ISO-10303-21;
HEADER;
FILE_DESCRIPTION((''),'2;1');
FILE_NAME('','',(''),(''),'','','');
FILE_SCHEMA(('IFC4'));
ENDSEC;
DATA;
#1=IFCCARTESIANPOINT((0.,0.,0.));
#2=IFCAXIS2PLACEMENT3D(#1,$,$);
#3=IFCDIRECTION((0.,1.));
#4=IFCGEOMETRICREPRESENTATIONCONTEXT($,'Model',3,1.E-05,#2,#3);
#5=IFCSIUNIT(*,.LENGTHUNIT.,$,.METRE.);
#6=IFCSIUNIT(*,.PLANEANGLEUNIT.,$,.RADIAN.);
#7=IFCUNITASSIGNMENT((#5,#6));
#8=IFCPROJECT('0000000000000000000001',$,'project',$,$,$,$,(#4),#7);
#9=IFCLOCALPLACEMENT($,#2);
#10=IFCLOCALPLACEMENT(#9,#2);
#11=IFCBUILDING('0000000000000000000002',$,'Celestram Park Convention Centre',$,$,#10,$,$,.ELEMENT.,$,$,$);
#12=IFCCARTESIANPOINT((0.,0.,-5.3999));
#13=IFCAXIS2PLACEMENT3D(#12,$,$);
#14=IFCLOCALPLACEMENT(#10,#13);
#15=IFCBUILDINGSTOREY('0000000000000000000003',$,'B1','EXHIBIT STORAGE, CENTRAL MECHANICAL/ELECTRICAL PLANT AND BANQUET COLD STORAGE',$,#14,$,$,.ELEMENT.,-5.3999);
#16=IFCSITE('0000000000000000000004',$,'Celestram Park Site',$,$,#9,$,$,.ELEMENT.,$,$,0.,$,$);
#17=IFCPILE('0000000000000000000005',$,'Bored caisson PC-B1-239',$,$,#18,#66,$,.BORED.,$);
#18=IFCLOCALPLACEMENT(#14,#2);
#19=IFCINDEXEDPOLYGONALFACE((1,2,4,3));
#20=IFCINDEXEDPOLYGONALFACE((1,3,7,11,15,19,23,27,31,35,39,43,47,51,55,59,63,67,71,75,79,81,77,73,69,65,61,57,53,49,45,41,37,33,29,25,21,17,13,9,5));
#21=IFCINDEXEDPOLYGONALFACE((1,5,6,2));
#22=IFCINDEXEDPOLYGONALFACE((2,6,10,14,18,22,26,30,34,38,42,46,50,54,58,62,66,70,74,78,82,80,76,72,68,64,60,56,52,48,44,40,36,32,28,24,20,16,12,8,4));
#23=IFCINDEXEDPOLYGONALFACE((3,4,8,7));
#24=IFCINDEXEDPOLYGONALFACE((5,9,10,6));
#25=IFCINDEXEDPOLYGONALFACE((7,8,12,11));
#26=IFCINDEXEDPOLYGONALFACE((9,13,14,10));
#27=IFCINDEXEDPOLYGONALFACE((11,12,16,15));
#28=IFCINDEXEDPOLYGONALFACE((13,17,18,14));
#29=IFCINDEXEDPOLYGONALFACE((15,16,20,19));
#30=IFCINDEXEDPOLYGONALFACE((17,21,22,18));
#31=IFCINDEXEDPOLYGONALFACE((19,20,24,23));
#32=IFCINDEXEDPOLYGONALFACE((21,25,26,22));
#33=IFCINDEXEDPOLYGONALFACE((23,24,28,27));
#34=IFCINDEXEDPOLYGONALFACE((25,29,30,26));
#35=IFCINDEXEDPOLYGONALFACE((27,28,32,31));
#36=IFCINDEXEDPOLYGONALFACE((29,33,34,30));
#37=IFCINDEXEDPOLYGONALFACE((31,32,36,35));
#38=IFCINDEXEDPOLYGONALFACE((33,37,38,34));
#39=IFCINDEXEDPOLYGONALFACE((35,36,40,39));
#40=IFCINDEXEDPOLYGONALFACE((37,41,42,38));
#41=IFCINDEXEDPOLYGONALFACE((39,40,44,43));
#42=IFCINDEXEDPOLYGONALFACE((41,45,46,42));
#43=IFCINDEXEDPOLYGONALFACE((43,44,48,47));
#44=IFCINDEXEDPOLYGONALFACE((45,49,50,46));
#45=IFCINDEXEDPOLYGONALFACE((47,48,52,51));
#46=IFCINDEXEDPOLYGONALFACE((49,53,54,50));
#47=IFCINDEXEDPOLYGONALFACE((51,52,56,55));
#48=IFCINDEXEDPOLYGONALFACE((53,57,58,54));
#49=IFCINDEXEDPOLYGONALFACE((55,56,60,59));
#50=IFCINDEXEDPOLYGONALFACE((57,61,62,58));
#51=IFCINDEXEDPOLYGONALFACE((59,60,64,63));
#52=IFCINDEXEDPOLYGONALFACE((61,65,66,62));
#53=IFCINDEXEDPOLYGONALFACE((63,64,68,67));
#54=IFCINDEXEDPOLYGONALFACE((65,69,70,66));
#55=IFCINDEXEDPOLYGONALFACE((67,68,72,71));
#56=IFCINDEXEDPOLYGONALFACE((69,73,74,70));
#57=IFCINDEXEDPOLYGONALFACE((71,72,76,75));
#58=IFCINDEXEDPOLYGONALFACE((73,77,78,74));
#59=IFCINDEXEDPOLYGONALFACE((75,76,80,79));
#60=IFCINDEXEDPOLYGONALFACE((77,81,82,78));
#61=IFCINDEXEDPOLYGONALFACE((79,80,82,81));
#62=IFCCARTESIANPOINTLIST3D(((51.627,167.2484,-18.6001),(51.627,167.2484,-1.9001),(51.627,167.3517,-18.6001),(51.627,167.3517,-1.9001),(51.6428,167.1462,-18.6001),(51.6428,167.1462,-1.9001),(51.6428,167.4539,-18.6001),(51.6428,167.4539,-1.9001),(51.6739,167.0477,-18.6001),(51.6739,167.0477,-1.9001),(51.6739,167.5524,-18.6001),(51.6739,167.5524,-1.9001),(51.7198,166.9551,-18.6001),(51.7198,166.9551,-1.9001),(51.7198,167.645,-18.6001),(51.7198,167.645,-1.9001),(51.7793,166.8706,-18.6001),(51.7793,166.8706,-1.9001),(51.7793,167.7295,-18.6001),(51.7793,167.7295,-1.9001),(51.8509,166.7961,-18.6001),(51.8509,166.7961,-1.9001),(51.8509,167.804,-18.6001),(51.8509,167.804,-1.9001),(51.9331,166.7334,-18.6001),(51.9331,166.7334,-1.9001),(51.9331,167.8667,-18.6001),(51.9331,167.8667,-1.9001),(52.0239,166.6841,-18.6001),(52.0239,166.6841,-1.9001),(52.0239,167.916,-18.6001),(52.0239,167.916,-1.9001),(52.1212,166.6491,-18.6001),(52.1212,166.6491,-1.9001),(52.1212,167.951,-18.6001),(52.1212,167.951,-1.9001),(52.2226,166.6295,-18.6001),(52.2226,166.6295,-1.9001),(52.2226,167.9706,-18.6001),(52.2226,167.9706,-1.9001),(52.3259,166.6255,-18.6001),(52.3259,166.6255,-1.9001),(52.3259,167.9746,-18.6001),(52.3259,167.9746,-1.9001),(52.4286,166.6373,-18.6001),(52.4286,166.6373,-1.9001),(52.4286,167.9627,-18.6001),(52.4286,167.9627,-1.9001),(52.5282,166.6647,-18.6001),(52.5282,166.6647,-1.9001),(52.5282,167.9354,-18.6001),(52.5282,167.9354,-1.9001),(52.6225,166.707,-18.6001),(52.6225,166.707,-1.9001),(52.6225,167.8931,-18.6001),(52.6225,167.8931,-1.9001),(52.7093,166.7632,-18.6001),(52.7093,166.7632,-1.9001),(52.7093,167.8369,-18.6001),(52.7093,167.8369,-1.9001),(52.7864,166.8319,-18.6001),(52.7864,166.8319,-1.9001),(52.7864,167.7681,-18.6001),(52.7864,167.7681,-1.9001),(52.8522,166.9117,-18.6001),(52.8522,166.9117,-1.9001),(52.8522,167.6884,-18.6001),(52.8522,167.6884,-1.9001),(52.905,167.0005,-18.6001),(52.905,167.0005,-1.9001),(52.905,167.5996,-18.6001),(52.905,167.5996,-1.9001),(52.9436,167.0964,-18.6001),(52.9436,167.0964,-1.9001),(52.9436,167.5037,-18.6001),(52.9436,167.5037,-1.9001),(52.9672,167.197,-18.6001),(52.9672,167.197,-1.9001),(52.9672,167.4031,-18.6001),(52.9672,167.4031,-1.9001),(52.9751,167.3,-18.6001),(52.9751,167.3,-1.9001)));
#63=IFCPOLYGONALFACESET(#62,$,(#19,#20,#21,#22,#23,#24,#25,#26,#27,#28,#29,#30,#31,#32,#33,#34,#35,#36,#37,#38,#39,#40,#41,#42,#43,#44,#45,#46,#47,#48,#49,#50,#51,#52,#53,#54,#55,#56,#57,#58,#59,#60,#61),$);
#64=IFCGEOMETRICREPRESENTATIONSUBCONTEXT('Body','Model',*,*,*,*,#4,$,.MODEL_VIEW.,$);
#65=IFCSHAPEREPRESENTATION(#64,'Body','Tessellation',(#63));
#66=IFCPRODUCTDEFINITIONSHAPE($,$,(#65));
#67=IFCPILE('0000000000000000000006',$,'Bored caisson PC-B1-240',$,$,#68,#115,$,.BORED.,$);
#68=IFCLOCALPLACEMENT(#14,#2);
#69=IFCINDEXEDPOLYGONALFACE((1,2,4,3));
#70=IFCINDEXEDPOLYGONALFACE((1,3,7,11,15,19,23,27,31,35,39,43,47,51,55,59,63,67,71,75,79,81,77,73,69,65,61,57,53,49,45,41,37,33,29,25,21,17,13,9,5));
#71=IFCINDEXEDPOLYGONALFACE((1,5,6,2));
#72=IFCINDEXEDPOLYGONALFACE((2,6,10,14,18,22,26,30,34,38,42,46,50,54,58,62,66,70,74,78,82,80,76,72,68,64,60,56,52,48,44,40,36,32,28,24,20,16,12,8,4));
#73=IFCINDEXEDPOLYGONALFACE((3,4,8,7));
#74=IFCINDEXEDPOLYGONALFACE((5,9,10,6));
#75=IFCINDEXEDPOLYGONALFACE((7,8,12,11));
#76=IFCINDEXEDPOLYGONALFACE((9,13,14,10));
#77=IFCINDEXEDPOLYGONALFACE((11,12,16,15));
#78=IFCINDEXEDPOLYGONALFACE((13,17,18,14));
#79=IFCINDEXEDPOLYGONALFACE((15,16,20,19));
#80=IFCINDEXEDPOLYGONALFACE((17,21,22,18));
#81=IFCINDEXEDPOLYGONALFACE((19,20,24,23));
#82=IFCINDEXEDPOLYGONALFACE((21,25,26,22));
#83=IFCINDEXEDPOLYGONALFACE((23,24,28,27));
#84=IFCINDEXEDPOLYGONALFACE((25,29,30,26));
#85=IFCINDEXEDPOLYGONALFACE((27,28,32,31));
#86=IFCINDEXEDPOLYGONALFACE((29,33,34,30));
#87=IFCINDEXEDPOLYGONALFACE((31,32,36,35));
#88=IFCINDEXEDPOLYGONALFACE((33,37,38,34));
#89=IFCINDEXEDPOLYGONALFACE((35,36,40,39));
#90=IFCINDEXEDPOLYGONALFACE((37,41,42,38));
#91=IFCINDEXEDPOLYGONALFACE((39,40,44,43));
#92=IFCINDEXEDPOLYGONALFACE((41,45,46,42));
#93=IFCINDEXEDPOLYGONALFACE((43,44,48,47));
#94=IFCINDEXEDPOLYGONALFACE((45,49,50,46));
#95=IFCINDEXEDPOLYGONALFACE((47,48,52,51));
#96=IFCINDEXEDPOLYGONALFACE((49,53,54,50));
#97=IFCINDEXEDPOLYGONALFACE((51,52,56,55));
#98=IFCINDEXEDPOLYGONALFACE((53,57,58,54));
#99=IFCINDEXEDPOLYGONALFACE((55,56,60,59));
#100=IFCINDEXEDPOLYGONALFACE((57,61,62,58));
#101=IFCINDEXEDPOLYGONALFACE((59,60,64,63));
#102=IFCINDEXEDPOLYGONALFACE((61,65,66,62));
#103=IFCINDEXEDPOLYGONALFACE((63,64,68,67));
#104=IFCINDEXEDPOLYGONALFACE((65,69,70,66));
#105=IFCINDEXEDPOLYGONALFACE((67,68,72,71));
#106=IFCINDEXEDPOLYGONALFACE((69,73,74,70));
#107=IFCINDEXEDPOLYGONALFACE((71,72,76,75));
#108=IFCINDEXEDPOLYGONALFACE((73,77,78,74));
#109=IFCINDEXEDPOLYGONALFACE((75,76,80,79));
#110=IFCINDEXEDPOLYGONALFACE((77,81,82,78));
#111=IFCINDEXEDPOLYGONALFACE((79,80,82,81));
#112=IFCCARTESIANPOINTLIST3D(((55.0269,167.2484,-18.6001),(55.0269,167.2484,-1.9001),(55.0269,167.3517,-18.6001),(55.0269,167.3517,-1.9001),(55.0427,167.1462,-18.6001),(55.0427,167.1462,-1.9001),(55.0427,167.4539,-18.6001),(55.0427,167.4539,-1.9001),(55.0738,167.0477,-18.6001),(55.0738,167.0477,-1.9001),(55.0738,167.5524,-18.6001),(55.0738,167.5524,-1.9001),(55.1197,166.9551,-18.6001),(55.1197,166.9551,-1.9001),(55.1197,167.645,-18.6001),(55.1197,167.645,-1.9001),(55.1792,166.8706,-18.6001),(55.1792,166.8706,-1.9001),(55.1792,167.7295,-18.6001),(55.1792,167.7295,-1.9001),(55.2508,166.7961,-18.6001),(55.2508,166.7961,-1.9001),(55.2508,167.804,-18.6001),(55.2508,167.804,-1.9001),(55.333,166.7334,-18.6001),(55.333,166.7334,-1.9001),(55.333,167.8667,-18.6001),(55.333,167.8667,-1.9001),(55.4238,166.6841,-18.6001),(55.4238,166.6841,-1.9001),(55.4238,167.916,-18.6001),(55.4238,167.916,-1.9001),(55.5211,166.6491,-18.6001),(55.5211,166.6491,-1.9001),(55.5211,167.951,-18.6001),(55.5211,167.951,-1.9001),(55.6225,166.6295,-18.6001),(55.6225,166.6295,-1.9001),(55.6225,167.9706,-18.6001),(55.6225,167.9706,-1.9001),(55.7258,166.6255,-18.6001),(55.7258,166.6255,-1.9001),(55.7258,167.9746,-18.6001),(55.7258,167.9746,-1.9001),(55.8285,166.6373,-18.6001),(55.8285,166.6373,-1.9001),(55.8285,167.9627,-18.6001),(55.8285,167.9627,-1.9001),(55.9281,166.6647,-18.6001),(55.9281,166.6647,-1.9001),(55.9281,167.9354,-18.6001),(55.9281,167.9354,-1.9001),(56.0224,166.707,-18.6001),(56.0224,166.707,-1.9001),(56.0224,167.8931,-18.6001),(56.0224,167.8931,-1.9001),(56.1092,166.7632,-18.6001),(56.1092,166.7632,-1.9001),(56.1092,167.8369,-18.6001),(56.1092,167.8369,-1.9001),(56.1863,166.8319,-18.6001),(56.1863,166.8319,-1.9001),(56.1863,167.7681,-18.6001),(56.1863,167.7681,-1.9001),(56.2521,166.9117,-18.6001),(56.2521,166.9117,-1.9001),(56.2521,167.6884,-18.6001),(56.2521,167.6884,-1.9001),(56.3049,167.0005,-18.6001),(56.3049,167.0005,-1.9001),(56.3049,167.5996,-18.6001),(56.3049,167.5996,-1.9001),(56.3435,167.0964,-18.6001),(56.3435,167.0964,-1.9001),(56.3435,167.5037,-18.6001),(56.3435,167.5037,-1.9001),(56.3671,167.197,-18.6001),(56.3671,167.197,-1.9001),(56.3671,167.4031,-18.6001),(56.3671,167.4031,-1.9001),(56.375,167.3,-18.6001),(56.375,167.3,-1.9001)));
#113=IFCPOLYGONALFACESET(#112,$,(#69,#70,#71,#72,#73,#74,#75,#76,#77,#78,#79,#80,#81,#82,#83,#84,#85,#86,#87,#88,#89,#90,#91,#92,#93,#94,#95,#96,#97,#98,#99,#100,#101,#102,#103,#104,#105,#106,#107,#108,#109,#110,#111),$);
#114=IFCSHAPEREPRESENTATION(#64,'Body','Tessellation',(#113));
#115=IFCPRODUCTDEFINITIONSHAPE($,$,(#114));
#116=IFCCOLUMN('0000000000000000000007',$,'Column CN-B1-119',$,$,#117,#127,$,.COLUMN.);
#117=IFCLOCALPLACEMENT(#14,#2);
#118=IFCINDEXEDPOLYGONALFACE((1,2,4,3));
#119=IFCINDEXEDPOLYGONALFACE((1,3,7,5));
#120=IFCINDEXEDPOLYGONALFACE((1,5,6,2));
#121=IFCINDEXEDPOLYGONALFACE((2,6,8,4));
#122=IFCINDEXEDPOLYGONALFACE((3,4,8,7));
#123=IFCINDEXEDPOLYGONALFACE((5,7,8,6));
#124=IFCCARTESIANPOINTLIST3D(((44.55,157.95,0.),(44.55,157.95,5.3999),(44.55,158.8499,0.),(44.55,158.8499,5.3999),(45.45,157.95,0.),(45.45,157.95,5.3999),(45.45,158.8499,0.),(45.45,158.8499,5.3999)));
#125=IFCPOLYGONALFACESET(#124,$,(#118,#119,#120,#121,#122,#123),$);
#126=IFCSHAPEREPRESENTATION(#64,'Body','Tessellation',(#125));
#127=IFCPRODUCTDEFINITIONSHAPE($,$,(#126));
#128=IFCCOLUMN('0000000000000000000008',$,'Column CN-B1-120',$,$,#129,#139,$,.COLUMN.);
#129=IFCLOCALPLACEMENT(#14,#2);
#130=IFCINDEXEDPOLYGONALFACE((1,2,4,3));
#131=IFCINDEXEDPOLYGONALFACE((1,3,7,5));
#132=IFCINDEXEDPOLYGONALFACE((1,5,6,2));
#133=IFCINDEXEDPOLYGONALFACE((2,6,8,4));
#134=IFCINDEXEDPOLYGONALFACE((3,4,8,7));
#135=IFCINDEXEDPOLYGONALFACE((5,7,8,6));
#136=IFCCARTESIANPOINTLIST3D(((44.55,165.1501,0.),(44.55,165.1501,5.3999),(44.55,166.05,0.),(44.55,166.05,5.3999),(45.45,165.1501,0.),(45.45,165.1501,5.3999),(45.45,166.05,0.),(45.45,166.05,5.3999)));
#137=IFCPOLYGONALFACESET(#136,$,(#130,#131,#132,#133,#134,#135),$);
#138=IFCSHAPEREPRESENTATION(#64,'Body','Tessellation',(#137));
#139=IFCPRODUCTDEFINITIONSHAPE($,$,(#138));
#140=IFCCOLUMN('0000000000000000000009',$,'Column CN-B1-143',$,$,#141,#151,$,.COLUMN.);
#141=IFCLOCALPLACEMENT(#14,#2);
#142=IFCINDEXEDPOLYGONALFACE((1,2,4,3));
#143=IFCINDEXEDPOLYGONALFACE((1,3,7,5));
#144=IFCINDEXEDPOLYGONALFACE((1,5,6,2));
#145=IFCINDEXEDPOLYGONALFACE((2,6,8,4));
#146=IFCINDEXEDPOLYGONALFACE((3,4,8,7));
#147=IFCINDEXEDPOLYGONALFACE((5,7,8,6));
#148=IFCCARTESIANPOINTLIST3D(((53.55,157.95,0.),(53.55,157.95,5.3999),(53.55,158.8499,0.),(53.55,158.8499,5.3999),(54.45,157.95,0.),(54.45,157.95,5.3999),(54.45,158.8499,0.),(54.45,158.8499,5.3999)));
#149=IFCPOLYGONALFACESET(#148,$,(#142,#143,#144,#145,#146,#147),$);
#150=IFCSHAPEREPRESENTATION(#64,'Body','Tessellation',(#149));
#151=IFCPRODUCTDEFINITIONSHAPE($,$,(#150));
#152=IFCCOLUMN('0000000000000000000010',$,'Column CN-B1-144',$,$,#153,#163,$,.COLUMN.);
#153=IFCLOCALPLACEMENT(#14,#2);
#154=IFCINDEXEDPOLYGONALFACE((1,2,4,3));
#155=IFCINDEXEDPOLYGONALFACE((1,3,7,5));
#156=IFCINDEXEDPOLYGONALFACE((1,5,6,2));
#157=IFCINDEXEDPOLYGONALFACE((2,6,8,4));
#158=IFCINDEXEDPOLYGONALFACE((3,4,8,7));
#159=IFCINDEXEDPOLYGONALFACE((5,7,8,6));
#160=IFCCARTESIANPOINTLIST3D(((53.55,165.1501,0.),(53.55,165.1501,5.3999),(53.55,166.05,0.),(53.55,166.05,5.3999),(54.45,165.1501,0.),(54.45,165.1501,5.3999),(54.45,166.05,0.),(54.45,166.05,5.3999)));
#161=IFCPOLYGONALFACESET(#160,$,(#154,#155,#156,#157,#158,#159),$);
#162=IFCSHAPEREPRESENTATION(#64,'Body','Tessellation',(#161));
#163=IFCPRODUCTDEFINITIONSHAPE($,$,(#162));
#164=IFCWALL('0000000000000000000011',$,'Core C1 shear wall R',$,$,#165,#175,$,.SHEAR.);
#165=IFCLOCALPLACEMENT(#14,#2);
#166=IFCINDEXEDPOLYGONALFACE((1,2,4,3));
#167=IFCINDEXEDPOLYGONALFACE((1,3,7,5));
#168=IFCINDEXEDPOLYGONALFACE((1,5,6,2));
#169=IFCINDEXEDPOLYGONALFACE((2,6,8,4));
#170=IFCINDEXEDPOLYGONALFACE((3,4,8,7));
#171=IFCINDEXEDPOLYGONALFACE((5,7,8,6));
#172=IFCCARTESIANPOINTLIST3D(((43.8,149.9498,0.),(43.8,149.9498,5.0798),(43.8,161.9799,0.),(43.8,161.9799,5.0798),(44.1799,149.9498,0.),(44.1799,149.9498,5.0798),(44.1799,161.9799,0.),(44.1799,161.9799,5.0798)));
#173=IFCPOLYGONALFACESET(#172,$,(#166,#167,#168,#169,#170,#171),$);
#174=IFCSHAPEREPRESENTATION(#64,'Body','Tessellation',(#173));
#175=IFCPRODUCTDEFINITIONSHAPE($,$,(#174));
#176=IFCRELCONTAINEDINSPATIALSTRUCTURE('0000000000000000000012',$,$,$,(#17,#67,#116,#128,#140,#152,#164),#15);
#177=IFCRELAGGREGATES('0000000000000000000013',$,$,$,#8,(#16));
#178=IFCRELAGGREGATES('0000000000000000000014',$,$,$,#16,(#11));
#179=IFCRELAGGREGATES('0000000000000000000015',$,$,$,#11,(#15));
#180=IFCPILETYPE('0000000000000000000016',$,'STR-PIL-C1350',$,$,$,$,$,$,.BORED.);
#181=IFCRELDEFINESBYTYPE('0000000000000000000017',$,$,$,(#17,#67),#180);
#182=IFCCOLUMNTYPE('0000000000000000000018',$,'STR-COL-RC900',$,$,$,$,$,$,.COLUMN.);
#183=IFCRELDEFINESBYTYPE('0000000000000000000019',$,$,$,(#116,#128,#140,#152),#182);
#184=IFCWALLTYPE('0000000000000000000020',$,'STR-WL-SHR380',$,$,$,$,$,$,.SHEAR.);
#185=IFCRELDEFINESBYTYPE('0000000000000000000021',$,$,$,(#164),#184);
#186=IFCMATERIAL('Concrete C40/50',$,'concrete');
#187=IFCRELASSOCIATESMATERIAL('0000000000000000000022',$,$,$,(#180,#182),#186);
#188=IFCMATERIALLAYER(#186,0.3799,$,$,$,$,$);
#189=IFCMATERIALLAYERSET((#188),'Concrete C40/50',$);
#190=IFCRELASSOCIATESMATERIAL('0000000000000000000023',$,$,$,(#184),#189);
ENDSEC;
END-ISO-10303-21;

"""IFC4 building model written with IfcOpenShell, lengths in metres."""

from ifc_helpers import new_model, si_unit, direction, frame, frame_2d, origin, origin_2d, place, context, subcontext, project, spatial, rectangle, circle, extrude, material, layer, layer_set, material_profile, profile_set, type_object, element, save


model = new_model("IFC4")

# Units and contexts
model_context = context("Model", 3, precision=1e-05, world=origin(), true_north=direction((0.0, 1.0)))
body_context = subcontext(model_context, "Body", "Model", "MODEL_VIEW")
ifc_project = project(units=[si_unit("LENGTHUNIT", "METRE"), si_unit("PLANEANGLEUNIT", "RADIAN")], contexts=[model_context])

# Site, building, storey
site_placement = place(None, origin())
site = spatial("IfcSite", under=ifc_project, at=site_placement, Name="Celestram Park Site", CompositionType="ELEMENT", RefElevation=0.0)
building_placement = place(site_placement, origin())
building = spatial("IfcBuilding", under=site, at=building_placement, Name="Celestram Park Convention Centre", CompositionType="ELEMENT")
storey_placement = place(building_placement, frame((0.0, 0.0, -5.3999)))
storey = spatial("IfcBuildingStorey", under=building, at=storey_placement, Name="B1", Description="EXHIBIT STORAGE, CENTRAL MECHANICAL/ELECTRICAL PLANT AND BANQUET COLD STORAGE", CompositionType="ELEMENT", Elevation=-5.3999)

# Shared definitions
ifc_material_1 = material(Name="Concrete C40/50", Category="concrete")

# Piles
ifc_material_profile_1 = material_profile(ifc_material_1, circle(Radius=0.675, at=origin_2d()), Name="CAISSON1350")
ifc_profile_set_1 = profile_set([ifc_material_profile_1], Name="Concrete C40/50")
pile_type = type_object("IfcPileType", Name="STR-PIL-C1350", PredefinedType="BORED", material=ifc_profile_set_1)
for number, where, z_axis, x_axis, name in (
    (1, (52.3, 167.3, -1.9001), (0.0, 0.0, -1.0), (1.0, 0.0, 0.0), "Bored caisson PC-B1-239"),
    (2, (55.7, 167.3, -1.9001), (0.0, 0.0, -1.0), (1.0, 0.0, 0.0), "Bored caisson PC-B1-240"),
):
    element("IfcPile", number, at=place(storey_placement, frame(where, z_axis=z_axis, x_axis=x_axis)), inside=storey, type_object=pile_type, Name=name, PredefinedType="BORED", context=body_context, shape_type="SweptSolid", body=[
        extrude(circle(Radius=0.675, at=origin_2d()), origin(), (0.0, 0.0, 1.0), 16.7),
    ])

# Columns
ifc_material_profile_2 = material_profile(ifc_material_1, rectangle(XDim=0.8999, YDim=0.8999, at=origin_2d()), Name="RC900X900")
ifc_profile_set_2 = profile_set([ifc_material_profile_2], Name="Concrete C40/50")
column_type = type_object("IfcColumnType", Name="STR-COL-RC900", PredefinedType="COLUMN", material=ifc_profile_set_2)
for number, where, z_axis, x_axis, name in (
    (3, (45.0, 158.3999, 0.0), (0.0, 0.0, 1.0), (1.0, 0.0, 0.0), "Column CN-B1-119"),
    (4, (45.0, 165.6001, 0.0), (0.0, 0.0, 1.0), (1.0, 0.0, 0.0), "Column CN-B1-120"),
    (5, (54.0, 158.3999, 0.0), (0.0, 0.0, 1.0), (1.0, 0.0, 0.0), "Column CN-B1-143"),
    (6, (54.0, 165.6001, 0.0), (0.0, 0.0, 1.0), (1.0, 0.0, 0.0), "Column CN-B1-144"),
):
    element("IfcColumn", number, at=place(storey_placement, frame(where, z_axis=z_axis, x_axis=x_axis)), inside=storey, type_object=column_type, Name=name, PredefinedType="COLUMN", context=body_context, shape_type="SweptSolid", body=[
        extrude(rectangle(XDim=0.8999, YDim=0.8999, at=origin_2d()), origin(), (0.0, 0.0, 1.0), 5.3999),
    ])

# Wall
ifc_layer = layer(ifc_material_1, 0.3799)
ifc_layer_set = layer_set([ifc_layer], Name="Concrete C40/50")
wall_type = type_object("IfcWallType", Name="STR-WL-SHR380", PredefinedType="SHEAR", material=ifc_layer_set)
wall_placement = place(storey_placement, frame((43.99, 161.98, 0.0), z_axis=(0.0, 0.0, 1.0), x_axis=(0.0, -1.0, 0.0)))
element("IfcWall", 7, at=wall_placement, inside=storey, type_object=wall_type, Name="Core C1 shear wall R", PredefinedType="SHEAR", context=body_context, shape_type="SweptSolid", body=[
    extrude(rectangle(XDim=12.03, YDim=0.3799, at=frame_2d((6.0151, 0.0))), origin(), (0.0, 0.0, 1.0), 5.0798),
])

save(model, "model.ifc")
